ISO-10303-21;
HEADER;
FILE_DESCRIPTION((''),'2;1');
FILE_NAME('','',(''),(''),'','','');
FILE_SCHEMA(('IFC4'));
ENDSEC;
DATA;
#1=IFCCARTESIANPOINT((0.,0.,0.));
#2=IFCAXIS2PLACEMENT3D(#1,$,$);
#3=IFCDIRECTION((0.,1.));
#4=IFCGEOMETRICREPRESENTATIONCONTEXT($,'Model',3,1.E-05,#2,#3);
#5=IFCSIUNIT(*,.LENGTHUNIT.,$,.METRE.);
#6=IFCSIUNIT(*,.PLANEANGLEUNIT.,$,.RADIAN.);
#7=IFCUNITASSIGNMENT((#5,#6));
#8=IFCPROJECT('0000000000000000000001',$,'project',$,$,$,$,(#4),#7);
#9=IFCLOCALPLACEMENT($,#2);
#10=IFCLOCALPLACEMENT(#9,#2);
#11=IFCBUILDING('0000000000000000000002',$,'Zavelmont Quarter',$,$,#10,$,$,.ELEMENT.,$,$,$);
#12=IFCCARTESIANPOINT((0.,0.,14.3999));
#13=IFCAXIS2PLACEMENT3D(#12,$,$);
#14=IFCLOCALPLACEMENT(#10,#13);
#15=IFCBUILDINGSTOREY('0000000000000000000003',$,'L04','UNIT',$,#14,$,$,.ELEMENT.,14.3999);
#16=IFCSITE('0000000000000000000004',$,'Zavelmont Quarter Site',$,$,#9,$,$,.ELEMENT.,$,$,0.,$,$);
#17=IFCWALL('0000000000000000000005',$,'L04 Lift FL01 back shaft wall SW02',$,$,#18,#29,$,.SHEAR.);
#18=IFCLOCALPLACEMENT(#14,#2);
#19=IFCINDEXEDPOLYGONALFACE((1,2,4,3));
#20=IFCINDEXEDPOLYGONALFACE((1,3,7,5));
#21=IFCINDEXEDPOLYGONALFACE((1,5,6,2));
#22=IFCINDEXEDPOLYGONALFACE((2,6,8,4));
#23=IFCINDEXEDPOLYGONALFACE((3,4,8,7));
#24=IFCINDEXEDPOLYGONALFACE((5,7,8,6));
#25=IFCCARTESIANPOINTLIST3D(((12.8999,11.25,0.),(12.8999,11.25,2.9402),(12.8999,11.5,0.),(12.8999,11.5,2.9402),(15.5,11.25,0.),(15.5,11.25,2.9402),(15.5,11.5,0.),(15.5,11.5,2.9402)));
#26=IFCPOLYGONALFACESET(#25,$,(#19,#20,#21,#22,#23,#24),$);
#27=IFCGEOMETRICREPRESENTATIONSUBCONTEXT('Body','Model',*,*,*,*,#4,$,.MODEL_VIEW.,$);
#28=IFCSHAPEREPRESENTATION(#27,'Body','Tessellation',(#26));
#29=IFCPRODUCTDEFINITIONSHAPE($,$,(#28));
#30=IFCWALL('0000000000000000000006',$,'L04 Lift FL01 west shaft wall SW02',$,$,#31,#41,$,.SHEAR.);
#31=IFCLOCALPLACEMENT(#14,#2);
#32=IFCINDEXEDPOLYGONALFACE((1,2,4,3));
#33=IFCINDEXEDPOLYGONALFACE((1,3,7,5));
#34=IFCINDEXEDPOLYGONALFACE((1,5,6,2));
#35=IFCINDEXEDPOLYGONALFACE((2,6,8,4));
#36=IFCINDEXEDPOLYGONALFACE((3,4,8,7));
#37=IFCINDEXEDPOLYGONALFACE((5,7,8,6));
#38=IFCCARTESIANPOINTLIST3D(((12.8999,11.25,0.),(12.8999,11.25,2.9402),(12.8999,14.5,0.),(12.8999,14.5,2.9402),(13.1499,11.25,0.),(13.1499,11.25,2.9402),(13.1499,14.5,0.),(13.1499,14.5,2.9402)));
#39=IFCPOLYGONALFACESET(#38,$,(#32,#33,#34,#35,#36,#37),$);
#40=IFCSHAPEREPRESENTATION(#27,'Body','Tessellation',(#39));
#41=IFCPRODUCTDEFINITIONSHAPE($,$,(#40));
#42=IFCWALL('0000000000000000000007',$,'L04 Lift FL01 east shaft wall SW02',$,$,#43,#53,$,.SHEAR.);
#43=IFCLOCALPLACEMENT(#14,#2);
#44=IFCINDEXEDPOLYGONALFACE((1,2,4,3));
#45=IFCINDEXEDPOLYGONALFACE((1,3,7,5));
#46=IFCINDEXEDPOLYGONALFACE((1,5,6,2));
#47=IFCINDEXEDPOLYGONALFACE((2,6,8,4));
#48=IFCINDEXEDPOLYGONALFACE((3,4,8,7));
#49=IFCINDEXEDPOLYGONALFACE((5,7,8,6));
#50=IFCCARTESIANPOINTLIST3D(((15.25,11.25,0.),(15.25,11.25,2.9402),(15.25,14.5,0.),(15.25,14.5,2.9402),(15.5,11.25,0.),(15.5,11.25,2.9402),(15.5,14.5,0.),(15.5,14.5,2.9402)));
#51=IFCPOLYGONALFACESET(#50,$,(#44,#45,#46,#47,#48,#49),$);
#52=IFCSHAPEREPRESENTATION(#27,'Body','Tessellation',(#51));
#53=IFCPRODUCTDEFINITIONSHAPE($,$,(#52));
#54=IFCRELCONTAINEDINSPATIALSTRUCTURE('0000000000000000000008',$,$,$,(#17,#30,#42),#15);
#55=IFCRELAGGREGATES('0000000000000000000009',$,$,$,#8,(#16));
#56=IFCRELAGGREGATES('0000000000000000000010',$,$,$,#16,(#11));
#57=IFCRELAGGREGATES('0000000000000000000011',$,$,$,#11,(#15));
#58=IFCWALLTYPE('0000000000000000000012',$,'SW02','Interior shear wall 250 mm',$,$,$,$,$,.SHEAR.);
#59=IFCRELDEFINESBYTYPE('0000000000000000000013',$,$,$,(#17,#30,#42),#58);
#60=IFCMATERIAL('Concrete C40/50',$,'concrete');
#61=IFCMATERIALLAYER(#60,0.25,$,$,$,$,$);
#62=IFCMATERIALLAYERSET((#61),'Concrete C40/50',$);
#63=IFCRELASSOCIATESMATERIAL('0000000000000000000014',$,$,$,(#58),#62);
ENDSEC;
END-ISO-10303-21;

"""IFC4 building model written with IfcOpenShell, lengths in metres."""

from ifc_helpers import new_model, si_unit, direction, frame, frame_2d, origin, place, context, subcontext, project, spatial, rectangle, extrude, material, layer, layer_set, type_object, element, save


model = new_model("IFC4")

# Units and contexts
model_context = context("Model", 3, precision=1e-05, world=origin(), true_north=direction((0.0, 1.0)))
body_context = subcontext(model_context, "Body", "Model", "MODEL_VIEW")
ifc_project = project(units=[si_unit("LENGTHUNIT", "METRE"), si_unit("PLANEANGLEUNIT", "RADIAN")], contexts=[model_context])

# Site, building, storey
site_placement = place(None, origin())
site = spatial("IfcSite", under=ifc_project, at=site_placement, Name="Zavelmont Quarter Site", CompositionType="ELEMENT", RefElevation=0.0)
building_placement = place(site_placement, origin())
building = spatial("IfcBuilding", under=site, at=building_placement, Name="Zavelmont Quarter", CompositionType="ELEMENT")
storey_placement = place(building_placement, frame((0.0, 0.0, 14.3999)))
storey = spatial("IfcBuildingStorey", under=building, at=storey_placement, Name="L04", Description="UNIT", CompositionType="ELEMENT", Elevation=14.3999)

# Shared definitions
ifc_material_1 = material(Name="Concrete C40/50", Category="concrete")

# Walls
ifc_layer_1 = layer(ifc_material_1, 0.25)
ifc_layer_set_1 = layer_set([ifc_layer_1], Name="Concrete C40/50")
wall_type_1 = type_object("IfcWallType", Name="SW02", Description="Interior shear wall 250 mm", PredefinedType="SHEAR", material=ifc_layer_set_1)
wall_1_placement = place(storey_placement, frame((12.8999, 11.375, 0.0), z_axis=(0.0, 0.0, 1.0), x_axis=(1.0, 0.0, 0.0)))
element("IfcWall", 1, at=wall_1_placement, inside=storey, type_object=wall_type_1, Name="L04 Lift FL01 back shaft wall SW02", PredefinedType="SHEAR", context=body_context, shape_type="SweptSolid", body=[
    extrude(rectangle(XDim=2.6001, YDim=0.25, at=frame_2d((1.3, 0.0))), origin(), (0.0, 0.0, 1.0), 2.9402),
])
for number, where, z_axis, x_axis, name in (
    (2, (13.0249, 11.25, 0.0), (0.0, 0.0, 1.0), (0.0, 1.0, 0.0), "L04 Lift FL01 west shaft wall SW02"),
    (3, (15.375, 11.25, 0.0), (0.0, 0.0, 1.0), (0.0, 1.0, 0.0), "L04 Lift FL01 east shaft wall SW02"),
):
    element("IfcWall", number, at=place(storey_placement, frame(where, z_axis=z_axis, x_axis=x_axis)), inside=storey, type_object=wall_type_1, Name=name, PredefinedType="SHEAR", context=body_context, shape_type="SweptSolid", body=[
        extrude(rectangle(XDim=3.25, YDim=0.25, at=frame_2d((1.625, 0.0))), origin(), (0.0, 0.0, 1.0), 2.9402),
    ])

save(model, "model.ifc")
